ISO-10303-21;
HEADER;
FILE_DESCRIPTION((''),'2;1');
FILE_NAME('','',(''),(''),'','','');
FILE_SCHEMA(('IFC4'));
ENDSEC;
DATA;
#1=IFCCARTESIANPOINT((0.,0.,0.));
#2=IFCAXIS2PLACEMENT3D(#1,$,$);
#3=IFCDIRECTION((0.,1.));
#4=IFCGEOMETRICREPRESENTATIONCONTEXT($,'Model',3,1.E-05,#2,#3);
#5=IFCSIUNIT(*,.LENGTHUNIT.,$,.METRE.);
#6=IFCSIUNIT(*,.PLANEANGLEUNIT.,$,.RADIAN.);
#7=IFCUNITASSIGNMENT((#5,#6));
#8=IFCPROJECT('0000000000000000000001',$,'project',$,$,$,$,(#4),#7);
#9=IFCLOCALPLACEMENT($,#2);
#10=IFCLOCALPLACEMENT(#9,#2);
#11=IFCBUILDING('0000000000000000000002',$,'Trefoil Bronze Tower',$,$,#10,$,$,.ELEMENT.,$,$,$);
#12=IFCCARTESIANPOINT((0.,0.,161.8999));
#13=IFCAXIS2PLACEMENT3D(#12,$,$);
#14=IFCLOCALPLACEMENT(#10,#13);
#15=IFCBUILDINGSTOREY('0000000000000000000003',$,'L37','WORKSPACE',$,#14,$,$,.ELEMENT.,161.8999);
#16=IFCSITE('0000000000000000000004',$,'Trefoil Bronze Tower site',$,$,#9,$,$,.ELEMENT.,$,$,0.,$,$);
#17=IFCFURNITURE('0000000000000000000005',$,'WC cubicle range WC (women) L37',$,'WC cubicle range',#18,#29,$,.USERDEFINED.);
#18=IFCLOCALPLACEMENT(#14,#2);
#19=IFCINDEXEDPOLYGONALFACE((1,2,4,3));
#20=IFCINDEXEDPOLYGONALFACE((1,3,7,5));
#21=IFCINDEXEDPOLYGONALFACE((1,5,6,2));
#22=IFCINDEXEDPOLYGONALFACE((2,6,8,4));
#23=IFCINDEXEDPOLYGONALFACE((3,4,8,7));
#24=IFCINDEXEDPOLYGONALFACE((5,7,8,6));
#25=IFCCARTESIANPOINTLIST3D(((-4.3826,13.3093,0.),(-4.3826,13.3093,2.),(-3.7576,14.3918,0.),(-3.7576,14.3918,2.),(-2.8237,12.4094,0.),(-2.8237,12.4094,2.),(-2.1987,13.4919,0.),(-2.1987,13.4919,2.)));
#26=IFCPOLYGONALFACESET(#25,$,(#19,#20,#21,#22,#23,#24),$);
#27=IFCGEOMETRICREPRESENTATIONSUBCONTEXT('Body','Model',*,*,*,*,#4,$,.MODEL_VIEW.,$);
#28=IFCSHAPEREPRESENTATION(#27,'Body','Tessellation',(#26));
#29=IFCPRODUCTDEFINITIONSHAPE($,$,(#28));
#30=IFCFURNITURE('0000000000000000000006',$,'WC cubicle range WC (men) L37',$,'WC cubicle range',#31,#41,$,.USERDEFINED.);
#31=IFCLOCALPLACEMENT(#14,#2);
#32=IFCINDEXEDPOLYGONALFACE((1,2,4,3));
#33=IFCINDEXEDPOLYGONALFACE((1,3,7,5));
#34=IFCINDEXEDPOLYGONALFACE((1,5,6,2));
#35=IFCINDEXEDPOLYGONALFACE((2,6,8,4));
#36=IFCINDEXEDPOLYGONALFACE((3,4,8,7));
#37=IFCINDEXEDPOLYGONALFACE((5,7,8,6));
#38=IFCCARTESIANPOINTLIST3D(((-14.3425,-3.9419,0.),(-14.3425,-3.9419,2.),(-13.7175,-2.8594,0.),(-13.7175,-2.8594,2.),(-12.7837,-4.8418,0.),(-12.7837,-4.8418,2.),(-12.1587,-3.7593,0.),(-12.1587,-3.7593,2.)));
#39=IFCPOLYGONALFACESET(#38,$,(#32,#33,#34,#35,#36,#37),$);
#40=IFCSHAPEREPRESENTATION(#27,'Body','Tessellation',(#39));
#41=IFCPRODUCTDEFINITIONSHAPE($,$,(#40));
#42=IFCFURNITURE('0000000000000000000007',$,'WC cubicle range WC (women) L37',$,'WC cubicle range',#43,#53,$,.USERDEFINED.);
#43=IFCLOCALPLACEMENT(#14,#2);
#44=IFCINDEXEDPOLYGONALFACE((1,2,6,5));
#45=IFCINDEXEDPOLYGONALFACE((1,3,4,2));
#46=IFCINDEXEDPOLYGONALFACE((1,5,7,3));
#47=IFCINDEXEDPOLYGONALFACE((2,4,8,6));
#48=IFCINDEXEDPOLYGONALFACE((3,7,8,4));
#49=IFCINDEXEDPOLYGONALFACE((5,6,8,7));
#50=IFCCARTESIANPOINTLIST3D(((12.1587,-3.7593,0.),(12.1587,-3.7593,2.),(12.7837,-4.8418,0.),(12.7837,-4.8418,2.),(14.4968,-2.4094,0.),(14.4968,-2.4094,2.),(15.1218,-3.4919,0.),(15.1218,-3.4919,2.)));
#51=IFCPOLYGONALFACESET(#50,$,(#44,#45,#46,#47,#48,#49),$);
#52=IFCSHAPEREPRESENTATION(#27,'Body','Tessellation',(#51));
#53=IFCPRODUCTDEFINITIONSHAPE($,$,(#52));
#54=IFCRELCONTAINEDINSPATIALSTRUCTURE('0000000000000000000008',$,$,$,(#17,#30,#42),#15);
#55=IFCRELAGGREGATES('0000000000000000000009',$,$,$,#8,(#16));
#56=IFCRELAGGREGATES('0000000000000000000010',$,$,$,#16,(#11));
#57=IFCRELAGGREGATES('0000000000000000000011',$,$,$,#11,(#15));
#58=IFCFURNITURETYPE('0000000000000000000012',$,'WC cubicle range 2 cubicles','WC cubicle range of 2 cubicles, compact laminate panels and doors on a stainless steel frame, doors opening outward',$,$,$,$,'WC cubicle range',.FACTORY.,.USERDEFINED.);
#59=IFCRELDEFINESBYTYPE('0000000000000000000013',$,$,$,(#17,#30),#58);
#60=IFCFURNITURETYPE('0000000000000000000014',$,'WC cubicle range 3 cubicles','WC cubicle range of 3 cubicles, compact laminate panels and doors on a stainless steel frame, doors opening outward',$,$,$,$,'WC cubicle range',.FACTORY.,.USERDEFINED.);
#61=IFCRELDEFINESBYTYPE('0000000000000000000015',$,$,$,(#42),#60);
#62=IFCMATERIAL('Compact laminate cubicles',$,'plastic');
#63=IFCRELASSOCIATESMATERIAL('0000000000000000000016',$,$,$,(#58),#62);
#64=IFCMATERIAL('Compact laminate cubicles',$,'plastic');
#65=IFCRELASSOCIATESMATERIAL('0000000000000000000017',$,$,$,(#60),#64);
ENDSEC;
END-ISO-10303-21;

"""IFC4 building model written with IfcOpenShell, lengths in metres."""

from ifc_helpers import new_model, si_unit, direction, frame, origin, place, context, subcontext, project, spatial, polyline, outline, extrude, material, type_object, element, save


model = new_model("IFC4")

# Units and contexts
model_context = context("Model", 3, precision=1e-05, world=origin(), true_north=direction((0.0, 1.0)))
body_context = subcontext(model_context, "Body", "Model", "MODEL_VIEW")
ifc_project = project(units=[si_unit("LENGTHUNIT", "METRE"), si_unit("PLANEANGLEUNIT", "RADIAN")], contexts=[model_context])

# Site, building, storey
site_placement = place(None, origin())
site = spatial("IfcSite", under=ifc_project, at=site_placement, Name="Trefoil Bronze Tower site", CompositionType="ELEMENT", RefElevation=0.0)
building_placement = place(site_placement, origin())
building = spatial("IfcBuilding", under=site, at=building_placement, Name="Trefoil Bronze Tower", CompositionType="ELEMENT")
storey_placement = place(building_placement, frame((0.0, 0.0, 161.8999)))
storey = spatial("IfcBuildingStorey", under=building, at=storey_placement, Name="L37", Description="WORKSPACE", CompositionType="ELEMENT", Elevation=161.8999)

# Furniture
ifc_material_1 = material(Name="Compact laminate cubicles", Category="plastic")
furniture_type_1 = type_object("IfcFurnitureType", Name="WC cubicle range 2 cubicles", Description="WC cubicle range of 2 cubicles, compact laminate panels and doors on a stainless steel frame, doors opening outward", ElementType="WC cubicle range", AssemblyPlace="FACTORY", PredefinedType="USERDEFINED", material=ifc_material_1)
furniture_1_placement = place(storey_placement, origin())
element("IfcFurniture", 1, at=furniture_1_placement, inside=storey, type_object=furniture_type_1, Name="WC cubicle range WC (women) L37", ObjectType="WC cubicle range", PredefinedType="USERDEFINED", context=body_context, shape_type="SweptSolid", body=[
    extrude(outline(polyline([(-2.8237, 12.4094), (-2.1987, 13.4919), (-3.7576, 14.3918), (-4.3826, 13.3093), (-2.8237, 12.4094)])), origin(), (0.0, 0.0, 1.0), 2.0),
])
furniture_2_placement = place(storey_placement, origin())
element("IfcFurniture", 2, at=furniture_2_placement, inside=storey, type_object=furniture_type_1, Name="WC cubicle range WC (men) L37", ObjectType="WC cubicle range", PredefinedType="USERDEFINED", context=body_context, shape_type="SweptSolid", body=[
    extrude(outline(polyline([(-12.1587, -3.7593), (-12.7837, -4.8418), (-14.3425, -3.9419), (-13.7175, -2.8594), (-12.1587, -3.7593)])), origin(), (0.0, 0.0, 1.0), 2.0),
])
ifc_material_2 = material(Name="Compact laminate cubicles", Category="plastic")
furniture_type_2 = type_object("IfcFurnitureType", Name="WC cubicle range 3 cubicles", Description="WC cubicle range of 3 cubicles, compact laminate panels and doors on a stainless steel frame, doors opening outward", ElementType="WC cubicle range", AssemblyPlace="FACTORY", PredefinedType="USERDEFINED", material=ifc_material_2)
furniture_3_placement = place(storey_placement, origin())
element("IfcFurniture", 3, at=furniture_3_placement, inside=storey, type_object=furniture_type_2, Name="WC cubicle range WC (women) L37", ObjectType="WC cubicle range", PredefinedType="USERDEFINED", context=body_context, shape_type="SweptSolid", body=[
    extrude(outline(polyline([(12.1587, -3.7593), (12.7837, -4.8418), (15.1218, -3.4919), (14.4968, -2.4094), (12.1587, -3.7593)])), origin(), (0.0, 0.0, 1.0), 2.0),
])

save(model, "model.ifc")
